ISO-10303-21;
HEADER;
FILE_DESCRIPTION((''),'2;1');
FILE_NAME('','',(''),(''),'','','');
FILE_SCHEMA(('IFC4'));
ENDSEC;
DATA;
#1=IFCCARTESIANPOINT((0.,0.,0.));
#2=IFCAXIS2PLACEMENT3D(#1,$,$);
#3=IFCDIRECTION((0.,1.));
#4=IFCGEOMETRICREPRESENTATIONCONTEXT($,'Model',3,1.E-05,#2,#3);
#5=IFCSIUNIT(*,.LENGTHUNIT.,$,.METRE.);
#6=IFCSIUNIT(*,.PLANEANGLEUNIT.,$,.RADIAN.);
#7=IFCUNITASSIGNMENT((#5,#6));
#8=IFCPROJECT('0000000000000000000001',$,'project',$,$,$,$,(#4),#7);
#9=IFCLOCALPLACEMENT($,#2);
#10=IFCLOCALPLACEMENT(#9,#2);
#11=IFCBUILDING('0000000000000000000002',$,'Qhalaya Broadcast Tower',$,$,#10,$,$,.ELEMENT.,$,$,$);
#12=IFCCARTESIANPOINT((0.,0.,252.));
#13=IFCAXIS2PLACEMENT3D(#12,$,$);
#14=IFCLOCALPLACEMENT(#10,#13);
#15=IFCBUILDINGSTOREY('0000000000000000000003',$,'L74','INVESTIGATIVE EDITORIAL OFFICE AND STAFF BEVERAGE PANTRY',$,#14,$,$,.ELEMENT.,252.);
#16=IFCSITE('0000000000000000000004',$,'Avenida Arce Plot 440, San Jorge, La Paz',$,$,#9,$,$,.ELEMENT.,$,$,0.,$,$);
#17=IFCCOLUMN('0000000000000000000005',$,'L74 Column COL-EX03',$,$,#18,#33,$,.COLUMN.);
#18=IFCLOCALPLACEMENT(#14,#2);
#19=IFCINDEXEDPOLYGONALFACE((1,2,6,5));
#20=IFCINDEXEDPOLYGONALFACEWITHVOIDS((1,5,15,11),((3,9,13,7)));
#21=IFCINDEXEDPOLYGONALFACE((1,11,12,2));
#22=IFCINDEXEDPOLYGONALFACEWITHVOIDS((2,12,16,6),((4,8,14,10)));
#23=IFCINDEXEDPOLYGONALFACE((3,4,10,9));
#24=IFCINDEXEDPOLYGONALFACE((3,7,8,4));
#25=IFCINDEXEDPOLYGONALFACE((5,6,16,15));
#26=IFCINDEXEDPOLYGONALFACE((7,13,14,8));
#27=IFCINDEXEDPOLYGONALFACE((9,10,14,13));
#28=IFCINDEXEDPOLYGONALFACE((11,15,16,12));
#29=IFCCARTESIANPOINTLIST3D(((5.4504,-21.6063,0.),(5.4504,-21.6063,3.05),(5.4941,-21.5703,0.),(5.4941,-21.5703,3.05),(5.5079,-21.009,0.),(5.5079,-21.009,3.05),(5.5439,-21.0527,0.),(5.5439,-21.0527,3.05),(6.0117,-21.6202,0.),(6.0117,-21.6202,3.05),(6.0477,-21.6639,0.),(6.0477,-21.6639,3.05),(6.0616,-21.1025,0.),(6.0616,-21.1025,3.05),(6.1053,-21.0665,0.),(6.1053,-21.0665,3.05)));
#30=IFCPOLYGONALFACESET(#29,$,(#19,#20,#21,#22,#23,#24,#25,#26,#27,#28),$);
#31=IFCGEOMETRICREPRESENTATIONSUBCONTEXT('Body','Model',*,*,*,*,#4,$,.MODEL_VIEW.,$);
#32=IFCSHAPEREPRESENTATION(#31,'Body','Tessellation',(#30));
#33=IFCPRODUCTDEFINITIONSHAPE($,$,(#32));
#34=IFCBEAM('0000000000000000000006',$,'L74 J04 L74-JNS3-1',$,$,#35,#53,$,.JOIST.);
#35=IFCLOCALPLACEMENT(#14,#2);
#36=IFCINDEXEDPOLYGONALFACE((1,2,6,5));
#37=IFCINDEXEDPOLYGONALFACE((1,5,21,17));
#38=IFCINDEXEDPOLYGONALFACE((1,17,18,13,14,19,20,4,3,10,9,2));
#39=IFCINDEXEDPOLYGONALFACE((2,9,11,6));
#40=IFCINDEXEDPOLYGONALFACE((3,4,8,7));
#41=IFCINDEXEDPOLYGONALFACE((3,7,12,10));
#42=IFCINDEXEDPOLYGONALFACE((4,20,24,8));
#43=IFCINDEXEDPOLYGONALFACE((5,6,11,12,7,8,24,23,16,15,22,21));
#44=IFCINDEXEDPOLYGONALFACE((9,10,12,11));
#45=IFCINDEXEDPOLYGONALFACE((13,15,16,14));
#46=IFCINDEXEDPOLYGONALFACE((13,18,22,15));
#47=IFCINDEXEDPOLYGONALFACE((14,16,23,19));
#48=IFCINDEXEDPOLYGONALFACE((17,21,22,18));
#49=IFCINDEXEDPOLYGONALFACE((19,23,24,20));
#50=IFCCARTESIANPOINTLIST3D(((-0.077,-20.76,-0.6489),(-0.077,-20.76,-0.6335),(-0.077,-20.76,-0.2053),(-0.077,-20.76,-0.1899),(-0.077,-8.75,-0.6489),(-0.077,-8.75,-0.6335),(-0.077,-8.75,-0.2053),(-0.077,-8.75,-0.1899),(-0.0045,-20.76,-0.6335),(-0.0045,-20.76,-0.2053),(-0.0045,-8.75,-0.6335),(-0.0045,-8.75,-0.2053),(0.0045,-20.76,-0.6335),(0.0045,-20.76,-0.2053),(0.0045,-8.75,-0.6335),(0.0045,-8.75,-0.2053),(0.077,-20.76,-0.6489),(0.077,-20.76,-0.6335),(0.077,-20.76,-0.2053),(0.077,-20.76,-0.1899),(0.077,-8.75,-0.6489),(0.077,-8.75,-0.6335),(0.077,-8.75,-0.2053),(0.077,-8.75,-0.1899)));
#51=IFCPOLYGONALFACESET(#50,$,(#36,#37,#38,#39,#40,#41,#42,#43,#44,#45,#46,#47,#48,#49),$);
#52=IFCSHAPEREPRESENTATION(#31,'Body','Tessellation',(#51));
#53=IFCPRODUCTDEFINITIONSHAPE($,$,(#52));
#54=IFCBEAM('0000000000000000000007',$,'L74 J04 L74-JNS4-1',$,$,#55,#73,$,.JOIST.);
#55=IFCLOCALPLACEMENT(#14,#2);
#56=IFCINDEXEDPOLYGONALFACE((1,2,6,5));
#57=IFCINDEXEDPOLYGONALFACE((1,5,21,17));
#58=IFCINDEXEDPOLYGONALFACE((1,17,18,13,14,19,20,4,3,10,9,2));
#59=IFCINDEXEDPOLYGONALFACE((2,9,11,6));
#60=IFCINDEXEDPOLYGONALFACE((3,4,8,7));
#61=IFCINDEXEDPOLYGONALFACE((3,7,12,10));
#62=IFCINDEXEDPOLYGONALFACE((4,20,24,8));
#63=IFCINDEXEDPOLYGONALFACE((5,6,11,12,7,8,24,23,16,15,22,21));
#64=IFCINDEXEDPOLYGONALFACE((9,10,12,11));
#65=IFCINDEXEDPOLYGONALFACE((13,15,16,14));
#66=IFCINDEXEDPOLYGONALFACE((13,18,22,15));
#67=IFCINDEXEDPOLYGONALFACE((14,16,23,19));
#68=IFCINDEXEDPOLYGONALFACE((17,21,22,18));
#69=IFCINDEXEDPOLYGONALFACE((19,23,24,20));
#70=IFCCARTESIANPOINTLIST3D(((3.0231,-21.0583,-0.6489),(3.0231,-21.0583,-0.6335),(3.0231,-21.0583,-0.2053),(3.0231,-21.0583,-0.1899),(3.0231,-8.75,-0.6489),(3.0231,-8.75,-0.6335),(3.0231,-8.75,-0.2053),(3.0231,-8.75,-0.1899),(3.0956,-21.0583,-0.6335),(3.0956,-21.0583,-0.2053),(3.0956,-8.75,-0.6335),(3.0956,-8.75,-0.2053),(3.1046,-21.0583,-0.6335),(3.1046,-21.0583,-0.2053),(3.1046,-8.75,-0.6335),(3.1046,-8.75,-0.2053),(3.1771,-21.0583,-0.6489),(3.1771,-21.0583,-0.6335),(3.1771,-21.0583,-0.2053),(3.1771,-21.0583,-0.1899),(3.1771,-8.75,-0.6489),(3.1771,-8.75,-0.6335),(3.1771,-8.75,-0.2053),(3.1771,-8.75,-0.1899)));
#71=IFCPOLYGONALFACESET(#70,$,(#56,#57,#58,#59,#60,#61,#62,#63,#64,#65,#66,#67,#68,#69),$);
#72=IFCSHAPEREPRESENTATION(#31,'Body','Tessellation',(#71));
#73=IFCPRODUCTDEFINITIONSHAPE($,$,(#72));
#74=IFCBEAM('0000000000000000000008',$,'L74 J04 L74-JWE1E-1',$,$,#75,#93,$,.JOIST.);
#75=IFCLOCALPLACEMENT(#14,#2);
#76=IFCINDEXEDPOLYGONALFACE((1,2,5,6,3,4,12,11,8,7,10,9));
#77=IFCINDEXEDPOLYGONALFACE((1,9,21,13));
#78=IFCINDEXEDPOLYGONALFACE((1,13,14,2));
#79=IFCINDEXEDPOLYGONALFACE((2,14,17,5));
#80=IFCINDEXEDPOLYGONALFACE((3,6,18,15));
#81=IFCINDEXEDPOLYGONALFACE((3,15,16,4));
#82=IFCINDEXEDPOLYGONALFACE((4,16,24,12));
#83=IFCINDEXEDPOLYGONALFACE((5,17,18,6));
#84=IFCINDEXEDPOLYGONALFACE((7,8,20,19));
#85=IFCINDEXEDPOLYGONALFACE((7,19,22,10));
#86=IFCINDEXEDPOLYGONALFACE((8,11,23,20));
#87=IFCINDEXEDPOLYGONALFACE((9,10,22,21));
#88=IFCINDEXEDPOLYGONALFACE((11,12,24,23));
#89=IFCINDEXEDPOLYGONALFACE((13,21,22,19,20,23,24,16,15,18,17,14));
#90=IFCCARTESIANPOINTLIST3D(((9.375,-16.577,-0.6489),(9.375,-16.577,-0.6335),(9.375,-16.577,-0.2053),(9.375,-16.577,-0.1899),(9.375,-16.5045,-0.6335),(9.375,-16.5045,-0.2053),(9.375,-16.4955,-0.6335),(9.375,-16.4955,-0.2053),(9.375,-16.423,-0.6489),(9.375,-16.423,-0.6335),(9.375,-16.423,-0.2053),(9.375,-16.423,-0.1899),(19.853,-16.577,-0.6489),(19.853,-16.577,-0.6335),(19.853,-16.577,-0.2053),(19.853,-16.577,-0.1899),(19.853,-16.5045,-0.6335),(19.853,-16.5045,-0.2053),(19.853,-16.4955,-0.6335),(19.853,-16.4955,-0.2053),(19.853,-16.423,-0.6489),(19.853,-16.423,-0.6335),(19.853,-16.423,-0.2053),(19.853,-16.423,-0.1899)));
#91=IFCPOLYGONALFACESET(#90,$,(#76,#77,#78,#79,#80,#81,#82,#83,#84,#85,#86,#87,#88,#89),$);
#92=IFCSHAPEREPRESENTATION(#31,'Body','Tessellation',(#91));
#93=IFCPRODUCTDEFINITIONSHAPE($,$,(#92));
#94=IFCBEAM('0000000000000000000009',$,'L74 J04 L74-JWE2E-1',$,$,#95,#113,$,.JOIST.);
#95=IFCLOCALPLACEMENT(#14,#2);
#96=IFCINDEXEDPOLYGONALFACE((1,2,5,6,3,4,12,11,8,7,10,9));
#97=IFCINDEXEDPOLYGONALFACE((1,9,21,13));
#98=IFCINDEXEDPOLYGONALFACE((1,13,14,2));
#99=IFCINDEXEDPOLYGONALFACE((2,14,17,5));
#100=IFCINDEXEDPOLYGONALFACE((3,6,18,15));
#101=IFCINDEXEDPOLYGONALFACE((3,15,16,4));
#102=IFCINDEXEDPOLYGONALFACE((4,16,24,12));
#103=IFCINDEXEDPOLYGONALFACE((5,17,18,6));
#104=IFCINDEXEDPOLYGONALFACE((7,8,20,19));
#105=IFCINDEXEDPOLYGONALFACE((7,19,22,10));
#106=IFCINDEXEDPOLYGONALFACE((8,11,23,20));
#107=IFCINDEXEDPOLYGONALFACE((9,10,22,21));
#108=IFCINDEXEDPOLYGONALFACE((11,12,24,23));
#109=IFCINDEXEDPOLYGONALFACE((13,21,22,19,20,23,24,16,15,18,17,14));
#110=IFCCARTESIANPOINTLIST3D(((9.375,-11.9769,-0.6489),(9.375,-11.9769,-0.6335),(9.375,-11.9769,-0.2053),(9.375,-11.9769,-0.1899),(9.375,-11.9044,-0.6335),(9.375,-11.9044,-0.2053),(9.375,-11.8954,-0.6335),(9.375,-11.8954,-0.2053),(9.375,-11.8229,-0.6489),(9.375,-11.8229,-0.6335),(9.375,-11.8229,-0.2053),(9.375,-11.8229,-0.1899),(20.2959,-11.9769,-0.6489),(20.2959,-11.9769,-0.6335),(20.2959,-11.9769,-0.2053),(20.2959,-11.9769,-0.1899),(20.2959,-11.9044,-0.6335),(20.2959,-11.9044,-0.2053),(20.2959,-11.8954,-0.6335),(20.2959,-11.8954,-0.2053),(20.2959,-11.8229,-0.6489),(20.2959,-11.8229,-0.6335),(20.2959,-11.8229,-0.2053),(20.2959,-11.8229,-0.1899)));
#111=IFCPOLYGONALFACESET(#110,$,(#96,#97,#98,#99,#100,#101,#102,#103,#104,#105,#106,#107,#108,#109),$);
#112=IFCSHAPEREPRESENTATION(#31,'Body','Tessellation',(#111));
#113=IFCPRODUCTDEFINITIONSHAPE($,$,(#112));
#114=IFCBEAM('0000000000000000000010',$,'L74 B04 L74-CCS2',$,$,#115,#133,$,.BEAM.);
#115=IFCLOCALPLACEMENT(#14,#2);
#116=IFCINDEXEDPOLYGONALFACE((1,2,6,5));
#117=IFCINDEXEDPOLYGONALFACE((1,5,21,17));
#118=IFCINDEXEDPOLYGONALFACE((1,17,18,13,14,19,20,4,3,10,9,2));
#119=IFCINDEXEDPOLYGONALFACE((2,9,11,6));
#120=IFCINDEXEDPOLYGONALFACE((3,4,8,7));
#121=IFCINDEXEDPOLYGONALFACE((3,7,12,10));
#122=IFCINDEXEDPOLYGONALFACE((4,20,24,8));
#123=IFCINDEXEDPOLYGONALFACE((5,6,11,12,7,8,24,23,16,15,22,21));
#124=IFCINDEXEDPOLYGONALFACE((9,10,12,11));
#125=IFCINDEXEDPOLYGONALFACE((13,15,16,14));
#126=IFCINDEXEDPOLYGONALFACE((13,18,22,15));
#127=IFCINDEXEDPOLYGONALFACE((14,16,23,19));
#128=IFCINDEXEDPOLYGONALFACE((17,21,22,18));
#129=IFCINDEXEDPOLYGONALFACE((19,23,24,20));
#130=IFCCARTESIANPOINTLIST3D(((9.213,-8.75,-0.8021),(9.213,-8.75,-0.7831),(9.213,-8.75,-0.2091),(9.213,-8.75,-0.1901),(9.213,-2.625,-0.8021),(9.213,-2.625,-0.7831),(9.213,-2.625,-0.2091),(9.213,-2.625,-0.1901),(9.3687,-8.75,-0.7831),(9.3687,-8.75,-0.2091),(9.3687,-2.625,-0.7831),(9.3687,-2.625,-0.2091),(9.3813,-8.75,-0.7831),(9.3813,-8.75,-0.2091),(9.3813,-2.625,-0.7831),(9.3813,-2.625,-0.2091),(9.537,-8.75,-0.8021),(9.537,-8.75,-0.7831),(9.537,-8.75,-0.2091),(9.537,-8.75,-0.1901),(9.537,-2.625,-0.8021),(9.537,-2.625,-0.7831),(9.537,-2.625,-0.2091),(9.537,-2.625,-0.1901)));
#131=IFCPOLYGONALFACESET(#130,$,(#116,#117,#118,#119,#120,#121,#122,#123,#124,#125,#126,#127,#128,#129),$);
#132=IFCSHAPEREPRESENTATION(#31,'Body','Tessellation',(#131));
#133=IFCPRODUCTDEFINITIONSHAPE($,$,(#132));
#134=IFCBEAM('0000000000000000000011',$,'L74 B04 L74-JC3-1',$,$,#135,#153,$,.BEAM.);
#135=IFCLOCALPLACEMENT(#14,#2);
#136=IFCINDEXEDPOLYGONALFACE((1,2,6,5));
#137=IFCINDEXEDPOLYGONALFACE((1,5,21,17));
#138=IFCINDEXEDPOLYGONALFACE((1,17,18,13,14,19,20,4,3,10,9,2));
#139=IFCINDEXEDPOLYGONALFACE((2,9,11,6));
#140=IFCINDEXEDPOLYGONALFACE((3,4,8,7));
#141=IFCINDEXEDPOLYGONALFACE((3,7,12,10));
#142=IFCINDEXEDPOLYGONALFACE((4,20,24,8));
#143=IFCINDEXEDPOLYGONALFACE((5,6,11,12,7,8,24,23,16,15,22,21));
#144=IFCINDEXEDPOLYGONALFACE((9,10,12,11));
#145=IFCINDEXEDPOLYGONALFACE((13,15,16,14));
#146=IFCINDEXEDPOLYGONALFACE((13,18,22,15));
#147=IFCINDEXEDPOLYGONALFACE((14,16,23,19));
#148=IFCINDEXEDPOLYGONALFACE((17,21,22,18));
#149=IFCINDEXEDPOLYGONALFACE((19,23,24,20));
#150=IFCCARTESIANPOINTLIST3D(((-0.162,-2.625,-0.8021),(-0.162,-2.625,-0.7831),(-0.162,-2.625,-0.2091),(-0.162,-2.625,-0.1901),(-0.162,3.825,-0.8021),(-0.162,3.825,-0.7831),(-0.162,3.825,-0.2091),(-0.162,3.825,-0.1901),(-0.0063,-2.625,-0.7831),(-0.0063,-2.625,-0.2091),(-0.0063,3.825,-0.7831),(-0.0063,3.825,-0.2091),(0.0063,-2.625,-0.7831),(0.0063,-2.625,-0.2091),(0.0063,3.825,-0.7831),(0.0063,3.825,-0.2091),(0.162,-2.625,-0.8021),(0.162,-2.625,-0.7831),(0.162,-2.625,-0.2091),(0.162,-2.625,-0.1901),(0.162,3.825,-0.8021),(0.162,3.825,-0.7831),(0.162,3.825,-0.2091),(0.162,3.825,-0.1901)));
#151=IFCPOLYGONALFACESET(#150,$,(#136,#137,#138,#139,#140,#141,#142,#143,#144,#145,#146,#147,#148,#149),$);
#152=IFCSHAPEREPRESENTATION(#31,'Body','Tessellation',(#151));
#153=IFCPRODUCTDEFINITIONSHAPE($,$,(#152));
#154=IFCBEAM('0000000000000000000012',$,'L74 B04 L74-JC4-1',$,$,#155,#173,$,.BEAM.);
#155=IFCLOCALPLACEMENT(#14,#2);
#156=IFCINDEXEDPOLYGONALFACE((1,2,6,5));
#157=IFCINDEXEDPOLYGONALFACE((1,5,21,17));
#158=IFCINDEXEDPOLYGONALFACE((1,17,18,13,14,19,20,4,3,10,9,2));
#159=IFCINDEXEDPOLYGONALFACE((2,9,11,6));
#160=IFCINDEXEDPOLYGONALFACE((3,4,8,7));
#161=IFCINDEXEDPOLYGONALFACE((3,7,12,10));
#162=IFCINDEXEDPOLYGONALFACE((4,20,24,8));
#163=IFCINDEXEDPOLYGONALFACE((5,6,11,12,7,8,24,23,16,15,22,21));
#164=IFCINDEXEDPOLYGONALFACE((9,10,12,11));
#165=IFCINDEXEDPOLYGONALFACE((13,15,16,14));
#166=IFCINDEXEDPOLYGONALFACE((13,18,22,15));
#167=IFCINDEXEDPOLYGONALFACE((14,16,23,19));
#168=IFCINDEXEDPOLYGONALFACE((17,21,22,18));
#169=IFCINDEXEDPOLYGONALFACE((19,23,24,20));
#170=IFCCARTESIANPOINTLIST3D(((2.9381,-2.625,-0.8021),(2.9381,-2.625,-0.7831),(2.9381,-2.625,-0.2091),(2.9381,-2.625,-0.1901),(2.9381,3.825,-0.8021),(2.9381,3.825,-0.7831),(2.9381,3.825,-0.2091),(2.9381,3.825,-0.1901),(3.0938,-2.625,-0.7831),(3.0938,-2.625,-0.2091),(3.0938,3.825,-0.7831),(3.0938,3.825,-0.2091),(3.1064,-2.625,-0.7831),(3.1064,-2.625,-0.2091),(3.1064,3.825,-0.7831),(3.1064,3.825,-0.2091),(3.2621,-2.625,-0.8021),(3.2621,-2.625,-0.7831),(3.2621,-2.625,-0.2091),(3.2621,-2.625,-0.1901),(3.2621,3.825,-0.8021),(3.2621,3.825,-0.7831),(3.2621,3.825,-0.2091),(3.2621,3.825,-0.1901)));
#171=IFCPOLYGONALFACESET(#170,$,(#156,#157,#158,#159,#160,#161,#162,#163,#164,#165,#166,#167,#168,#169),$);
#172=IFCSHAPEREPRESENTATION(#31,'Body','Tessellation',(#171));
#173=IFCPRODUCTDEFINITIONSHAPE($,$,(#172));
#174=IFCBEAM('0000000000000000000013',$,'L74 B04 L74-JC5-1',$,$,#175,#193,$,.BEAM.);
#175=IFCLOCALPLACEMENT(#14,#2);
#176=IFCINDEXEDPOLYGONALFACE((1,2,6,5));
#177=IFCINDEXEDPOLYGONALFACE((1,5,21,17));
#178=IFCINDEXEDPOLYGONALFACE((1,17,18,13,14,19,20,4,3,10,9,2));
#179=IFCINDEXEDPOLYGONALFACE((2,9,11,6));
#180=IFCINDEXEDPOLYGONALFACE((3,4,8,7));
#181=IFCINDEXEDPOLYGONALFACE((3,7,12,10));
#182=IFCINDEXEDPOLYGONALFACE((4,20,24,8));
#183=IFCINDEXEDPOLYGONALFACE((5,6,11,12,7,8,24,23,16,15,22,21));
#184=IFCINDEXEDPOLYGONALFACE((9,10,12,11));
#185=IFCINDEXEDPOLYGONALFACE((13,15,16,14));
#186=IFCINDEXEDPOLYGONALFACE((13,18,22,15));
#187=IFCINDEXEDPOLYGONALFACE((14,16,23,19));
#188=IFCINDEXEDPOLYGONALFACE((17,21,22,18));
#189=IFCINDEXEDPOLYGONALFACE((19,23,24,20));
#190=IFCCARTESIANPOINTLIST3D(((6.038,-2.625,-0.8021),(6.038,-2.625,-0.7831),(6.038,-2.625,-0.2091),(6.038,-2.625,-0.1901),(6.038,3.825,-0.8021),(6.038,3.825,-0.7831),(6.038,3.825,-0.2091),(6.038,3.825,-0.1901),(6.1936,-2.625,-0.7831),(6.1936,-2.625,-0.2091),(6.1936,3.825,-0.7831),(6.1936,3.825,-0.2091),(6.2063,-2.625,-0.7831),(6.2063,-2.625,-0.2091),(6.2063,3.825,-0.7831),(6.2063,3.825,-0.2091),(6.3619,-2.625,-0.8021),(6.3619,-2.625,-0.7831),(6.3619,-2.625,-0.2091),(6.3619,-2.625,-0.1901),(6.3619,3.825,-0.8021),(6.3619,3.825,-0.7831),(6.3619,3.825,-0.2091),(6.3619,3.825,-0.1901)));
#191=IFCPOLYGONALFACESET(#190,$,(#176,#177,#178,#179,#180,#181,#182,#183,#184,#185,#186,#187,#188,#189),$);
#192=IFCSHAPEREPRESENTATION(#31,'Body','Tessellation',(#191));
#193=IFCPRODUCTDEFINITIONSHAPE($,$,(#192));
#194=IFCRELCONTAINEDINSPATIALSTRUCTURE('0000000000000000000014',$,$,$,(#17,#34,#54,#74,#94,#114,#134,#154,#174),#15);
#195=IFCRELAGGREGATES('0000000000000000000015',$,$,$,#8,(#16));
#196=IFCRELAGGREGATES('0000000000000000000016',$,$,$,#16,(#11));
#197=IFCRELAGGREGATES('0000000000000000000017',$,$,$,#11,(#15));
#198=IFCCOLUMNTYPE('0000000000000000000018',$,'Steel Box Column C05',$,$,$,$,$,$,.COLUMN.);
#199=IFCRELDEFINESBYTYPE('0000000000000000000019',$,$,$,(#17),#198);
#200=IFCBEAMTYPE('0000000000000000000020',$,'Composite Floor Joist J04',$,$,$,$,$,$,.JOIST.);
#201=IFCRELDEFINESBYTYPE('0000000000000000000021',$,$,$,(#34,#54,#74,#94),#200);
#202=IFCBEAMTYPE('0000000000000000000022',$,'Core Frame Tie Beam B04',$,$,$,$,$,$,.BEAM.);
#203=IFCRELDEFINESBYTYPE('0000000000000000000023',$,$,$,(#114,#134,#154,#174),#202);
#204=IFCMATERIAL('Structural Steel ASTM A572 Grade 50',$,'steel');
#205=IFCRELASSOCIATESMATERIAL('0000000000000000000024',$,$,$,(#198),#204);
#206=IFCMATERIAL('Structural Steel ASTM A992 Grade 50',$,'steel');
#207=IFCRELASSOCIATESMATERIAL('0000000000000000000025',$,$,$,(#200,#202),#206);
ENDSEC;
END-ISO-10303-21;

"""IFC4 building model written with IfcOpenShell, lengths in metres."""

from ifc_helpers import new_model, si_unit, direction, frame, origin, origin_2d, place, context, subcontext, project, spatial, hollow_rectangle, i_section, extrude, material, material_profile, profile_set, type_object, element, save


model = new_model("IFC4")

# Units and contexts
model_context = context("Model", 3, precision=1e-05, world=origin(), true_north=direction((0.0, 1.0)))
body_context = subcontext(model_context, "Body", "Model", "MODEL_VIEW")
ifc_project = project(units=[si_unit("LENGTHUNIT", "METRE"), si_unit("PLANEANGLEUNIT", "RADIAN")], contexts=[model_context])

# Site, building, storey
site_placement = place(None, origin())
site = spatial("IfcSite", under=ifc_project, at=site_placement, Name="Avenida Arce Plot 440, San Jorge, La Paz", CompositionType="ELEMENT", RefElevation=0.0)
building_placement = place(site_placement, origin())
building = spatial("IfcBuilding", under=site, at=building_placement, Name="Qhalaya Broadcast Tower", CompositionType="ELEMENT")
storey_placement = place(building_placement, frame((0.0, 0.0, 252.0)))
storey = spatial("IfcBuildingStorey", under=building, at=storey_placement, Name="L74", Description="INVESTIGATIVE EDITORIAL OFFICE AND STAFF BEVERAGE PANTRY", CompositionType="ELEMENT", Elevation=252.0)

# Column
ifc_material_1 = material(Name="Structural Steel ASTM A572 Grade 50", Category="steel")
ifc_material_profile_1 = material_profile(ifc_material_1, hollow_rectangle(XDim=0.6001, YDim=0.6001, WallThickness=0.04, at=origin_2d()), Name="BOX 600x600x40")
ifc_profile_set_1 = profile_set([ifc_material_profile_1], Name="Structural Steel ASTM A572 Grade 50")
column_type = type_object("IfcColumnType", Name="Steel Box Column C05", PredefinedType="COLUMN", material=ifc_profile_set_1)
column_placement = place(storey_placement, frame((5.7778, -21.3364, 0.0), z_axis=(0.0, 0.0, 1.0), x_axis=(0.995396, -0.095846, 0.0)))
element("IfcColumn", 1, at=column_placement, inside=storey, type_object=column_type, Name="L74 Column COL-EX03", PredefinedType="COLUMN", context=body_context, shape_type="SweptSolid", body=[
    extrude(hollow_rectangle(XDim=0.6001, YDim=0.6001, WallThickness=0.04, at=origin_2d()), origin(), (0.0, 0.0, 1.0), 3.05),
])

# Beams
ifc_material_2 = material(Name="Structural Steel ASTM A992 Grade 50", Category="steel")
ifc_material_profile_2 = material_profile(ifc_material_2, i_section(OverallWidth=0.1541, OverallDepth=0.459, WebThickness=0.009, FlangeThickness=0.0154, at=origin_2d()), Name="W18X46")
ifc_profile_set_2 = profile_set([ifc_material_profile_2], Name="Structural Steel ASTM A992 Grade 50")
beam_type_1 = type_object("IfcBeamType", Name="Composite Floor Joist J04", PredefinedType="JOIST", material=ifc_profile_set_2)
beam_1_placement = place(storey_placement, frame((0.0, -20.76, -0.4194), z_axis=(0.0, 1.0, 0.0), x_axis=(-1.0, 0.0, 0.0)))
element("IfcBeam", 2, at=beam_1_placement, inside=storey, type_object=beam_type_1, Name="L74 J04 L74-JNS3-1", PredefinedType="JOIST", context=body_context, shape_type="SweptSolid", body=[
    extrude(i_section(OverallWidth=0.1541, OverallDepth=0.459, WebThickness=0.009, FlangeThickness=0.0154, at=origin_2d()), origin(), (0.0, 0.0, 1.0), 12.01),
])
beam_2_placement = place(storey_placement, frame((3.1001, -21.0583, -0.4194), z_axis=(0.0, 1.0, 0.0), x_axis=(-1.0, 0.0, 0.0)))
element("IfcBeam", 3, at=beam_2_placement, inside=storey, type_object=beam_type_1, Name="L74 J04 L74-JNS4-1", PredefinedType="JOIST", context=body_context, shape_type="SweptSolid", body=[
    extrude(i_section(OverallWidth=0.1541, OverallDepth=0.459, WebThickness=0.009, FlangeThickness=0.0154, at=origin_2d()), origin(), (0.0, 0.0, 1.0), 12.3083),
])
beam_3_placement = place(storey_placement, frame((9.375, -16.5, -0.4194), z_axis=(1.0, 0.0, 0.0), x_axis=(0.0, 1.0, 0.0)))
element("IfcBeam", 4, at=beam_3_placement, inside=storey, type_object=beam_type_1, Name="L74 J04 L74-JWE1E-1", PredefinedType="JOIST", context=body_context, shape_type="SweptSolid", body=[
    extrude(i_section(OverallWidth=0.1541, OverallDepth=0.459, WebThickness=0.009, FlangeThickness=0.0154, at=origin_2d()), origin(), (0.0, 0.0, 1.0), 10.478),
])
beam_4_placement = place(storey_placement, frame((9.375, -11.8999, -0.4194), z_axis=(1.0, 0.0, 0.0), x_axis=(0.0, 1.0, 0.0)))
element("IfcBeam", 5, at=beam_4_placement, inside=storey, type_object=beam_type_1, Name="L74 J04 L74-JWE2E-1", PredefinedType="JOIST", context=body_context, shape_type="SweptSolid", body=[
    extrude(i_section(OverallWidth=0.1541, OverallDepth=0.459, WebThickness=0.009, FlangeThickness=0.0154, at=origin_2d()), origin(), (0.0, 0.0, 1.0), 10.9209),
])
ifc_material_profile_3 = material_profile(ifc_material_2, i_section(OverallWidth=0.324, OverallDepth=0.6121, WebThickness=0.0127, FlangeThickness=0.019, at=origin_2d()), Name="W24X104")
ifc_profile_set_3 = profile_set([ifc_material_profile_3], Name="Structural Steel ASTM A992 Grade 50")
beam_type_2 = type_object("IfcBeamType", Name="Core Frame Tie Beam B04", PredefinedType="BEAM", material=ifc_profile_set_3)
beam_5_placement = place(storey_placement, frame((9.375, -8.75, -0.4961), z_axis=(0.0, 1.0, 0.0), x_axis=(-1.0, 0.0, 0.0)))
element("IfcBeam", 6, at=beam_5_placement, inside=storey, type_object=beam_type_2, Name="L74 B04 L74-CCS2", PredefinedType="BEAM", context=body_context, shape_type="SweptSolid", body=[
    extrude(i_section(OverallWidth=0.324, OverallDepth=0.6121, WebThickness=0.0127, FlangeThickness=0.019, at=origin_2d()), origin(), (0.0, 0.0, 1.0), 6.125),
])
for number, where, z_axis, x_axis, name in (
    (7, (0.0, -2.625, -0.4961), (0.0, 1.0, 0.0), (-1.0, 0.0, 0.0), "L74 B04 L74-JC3-1"),
    (8, (3.1001, -2.625, -0.4961), (0.0, 1.0, 0.0), (-1.0, 0.0, 0.0), "L74 B04 L74-JC4-1"),
    (9, (6.2, -2.625, -0.4961), (0.0, 1.0, 0.0), (-1.0, 0.0, 0.0), "L74 B04 L74-JC5-1"),
):
    element("IfcBeam", number, at=place(storey_placement, frame(where, z_axis=z_axis, x_axis=x_axis)), inside=storey, type_object=beam_type_2, Name=name, PredefinedType="BEAM", context=body_context, shape_type="SweptSolid", body=[
        extrude(i_section(OverallWidth=0.324, OverallDepth=0.6121, WebThickness=0.0127, FlangeThickness=0.019, at=origin_2d()), origin(), (0.0, 0.0, 1.0), 6.45),
    ])

save(model, "model.ifc")
